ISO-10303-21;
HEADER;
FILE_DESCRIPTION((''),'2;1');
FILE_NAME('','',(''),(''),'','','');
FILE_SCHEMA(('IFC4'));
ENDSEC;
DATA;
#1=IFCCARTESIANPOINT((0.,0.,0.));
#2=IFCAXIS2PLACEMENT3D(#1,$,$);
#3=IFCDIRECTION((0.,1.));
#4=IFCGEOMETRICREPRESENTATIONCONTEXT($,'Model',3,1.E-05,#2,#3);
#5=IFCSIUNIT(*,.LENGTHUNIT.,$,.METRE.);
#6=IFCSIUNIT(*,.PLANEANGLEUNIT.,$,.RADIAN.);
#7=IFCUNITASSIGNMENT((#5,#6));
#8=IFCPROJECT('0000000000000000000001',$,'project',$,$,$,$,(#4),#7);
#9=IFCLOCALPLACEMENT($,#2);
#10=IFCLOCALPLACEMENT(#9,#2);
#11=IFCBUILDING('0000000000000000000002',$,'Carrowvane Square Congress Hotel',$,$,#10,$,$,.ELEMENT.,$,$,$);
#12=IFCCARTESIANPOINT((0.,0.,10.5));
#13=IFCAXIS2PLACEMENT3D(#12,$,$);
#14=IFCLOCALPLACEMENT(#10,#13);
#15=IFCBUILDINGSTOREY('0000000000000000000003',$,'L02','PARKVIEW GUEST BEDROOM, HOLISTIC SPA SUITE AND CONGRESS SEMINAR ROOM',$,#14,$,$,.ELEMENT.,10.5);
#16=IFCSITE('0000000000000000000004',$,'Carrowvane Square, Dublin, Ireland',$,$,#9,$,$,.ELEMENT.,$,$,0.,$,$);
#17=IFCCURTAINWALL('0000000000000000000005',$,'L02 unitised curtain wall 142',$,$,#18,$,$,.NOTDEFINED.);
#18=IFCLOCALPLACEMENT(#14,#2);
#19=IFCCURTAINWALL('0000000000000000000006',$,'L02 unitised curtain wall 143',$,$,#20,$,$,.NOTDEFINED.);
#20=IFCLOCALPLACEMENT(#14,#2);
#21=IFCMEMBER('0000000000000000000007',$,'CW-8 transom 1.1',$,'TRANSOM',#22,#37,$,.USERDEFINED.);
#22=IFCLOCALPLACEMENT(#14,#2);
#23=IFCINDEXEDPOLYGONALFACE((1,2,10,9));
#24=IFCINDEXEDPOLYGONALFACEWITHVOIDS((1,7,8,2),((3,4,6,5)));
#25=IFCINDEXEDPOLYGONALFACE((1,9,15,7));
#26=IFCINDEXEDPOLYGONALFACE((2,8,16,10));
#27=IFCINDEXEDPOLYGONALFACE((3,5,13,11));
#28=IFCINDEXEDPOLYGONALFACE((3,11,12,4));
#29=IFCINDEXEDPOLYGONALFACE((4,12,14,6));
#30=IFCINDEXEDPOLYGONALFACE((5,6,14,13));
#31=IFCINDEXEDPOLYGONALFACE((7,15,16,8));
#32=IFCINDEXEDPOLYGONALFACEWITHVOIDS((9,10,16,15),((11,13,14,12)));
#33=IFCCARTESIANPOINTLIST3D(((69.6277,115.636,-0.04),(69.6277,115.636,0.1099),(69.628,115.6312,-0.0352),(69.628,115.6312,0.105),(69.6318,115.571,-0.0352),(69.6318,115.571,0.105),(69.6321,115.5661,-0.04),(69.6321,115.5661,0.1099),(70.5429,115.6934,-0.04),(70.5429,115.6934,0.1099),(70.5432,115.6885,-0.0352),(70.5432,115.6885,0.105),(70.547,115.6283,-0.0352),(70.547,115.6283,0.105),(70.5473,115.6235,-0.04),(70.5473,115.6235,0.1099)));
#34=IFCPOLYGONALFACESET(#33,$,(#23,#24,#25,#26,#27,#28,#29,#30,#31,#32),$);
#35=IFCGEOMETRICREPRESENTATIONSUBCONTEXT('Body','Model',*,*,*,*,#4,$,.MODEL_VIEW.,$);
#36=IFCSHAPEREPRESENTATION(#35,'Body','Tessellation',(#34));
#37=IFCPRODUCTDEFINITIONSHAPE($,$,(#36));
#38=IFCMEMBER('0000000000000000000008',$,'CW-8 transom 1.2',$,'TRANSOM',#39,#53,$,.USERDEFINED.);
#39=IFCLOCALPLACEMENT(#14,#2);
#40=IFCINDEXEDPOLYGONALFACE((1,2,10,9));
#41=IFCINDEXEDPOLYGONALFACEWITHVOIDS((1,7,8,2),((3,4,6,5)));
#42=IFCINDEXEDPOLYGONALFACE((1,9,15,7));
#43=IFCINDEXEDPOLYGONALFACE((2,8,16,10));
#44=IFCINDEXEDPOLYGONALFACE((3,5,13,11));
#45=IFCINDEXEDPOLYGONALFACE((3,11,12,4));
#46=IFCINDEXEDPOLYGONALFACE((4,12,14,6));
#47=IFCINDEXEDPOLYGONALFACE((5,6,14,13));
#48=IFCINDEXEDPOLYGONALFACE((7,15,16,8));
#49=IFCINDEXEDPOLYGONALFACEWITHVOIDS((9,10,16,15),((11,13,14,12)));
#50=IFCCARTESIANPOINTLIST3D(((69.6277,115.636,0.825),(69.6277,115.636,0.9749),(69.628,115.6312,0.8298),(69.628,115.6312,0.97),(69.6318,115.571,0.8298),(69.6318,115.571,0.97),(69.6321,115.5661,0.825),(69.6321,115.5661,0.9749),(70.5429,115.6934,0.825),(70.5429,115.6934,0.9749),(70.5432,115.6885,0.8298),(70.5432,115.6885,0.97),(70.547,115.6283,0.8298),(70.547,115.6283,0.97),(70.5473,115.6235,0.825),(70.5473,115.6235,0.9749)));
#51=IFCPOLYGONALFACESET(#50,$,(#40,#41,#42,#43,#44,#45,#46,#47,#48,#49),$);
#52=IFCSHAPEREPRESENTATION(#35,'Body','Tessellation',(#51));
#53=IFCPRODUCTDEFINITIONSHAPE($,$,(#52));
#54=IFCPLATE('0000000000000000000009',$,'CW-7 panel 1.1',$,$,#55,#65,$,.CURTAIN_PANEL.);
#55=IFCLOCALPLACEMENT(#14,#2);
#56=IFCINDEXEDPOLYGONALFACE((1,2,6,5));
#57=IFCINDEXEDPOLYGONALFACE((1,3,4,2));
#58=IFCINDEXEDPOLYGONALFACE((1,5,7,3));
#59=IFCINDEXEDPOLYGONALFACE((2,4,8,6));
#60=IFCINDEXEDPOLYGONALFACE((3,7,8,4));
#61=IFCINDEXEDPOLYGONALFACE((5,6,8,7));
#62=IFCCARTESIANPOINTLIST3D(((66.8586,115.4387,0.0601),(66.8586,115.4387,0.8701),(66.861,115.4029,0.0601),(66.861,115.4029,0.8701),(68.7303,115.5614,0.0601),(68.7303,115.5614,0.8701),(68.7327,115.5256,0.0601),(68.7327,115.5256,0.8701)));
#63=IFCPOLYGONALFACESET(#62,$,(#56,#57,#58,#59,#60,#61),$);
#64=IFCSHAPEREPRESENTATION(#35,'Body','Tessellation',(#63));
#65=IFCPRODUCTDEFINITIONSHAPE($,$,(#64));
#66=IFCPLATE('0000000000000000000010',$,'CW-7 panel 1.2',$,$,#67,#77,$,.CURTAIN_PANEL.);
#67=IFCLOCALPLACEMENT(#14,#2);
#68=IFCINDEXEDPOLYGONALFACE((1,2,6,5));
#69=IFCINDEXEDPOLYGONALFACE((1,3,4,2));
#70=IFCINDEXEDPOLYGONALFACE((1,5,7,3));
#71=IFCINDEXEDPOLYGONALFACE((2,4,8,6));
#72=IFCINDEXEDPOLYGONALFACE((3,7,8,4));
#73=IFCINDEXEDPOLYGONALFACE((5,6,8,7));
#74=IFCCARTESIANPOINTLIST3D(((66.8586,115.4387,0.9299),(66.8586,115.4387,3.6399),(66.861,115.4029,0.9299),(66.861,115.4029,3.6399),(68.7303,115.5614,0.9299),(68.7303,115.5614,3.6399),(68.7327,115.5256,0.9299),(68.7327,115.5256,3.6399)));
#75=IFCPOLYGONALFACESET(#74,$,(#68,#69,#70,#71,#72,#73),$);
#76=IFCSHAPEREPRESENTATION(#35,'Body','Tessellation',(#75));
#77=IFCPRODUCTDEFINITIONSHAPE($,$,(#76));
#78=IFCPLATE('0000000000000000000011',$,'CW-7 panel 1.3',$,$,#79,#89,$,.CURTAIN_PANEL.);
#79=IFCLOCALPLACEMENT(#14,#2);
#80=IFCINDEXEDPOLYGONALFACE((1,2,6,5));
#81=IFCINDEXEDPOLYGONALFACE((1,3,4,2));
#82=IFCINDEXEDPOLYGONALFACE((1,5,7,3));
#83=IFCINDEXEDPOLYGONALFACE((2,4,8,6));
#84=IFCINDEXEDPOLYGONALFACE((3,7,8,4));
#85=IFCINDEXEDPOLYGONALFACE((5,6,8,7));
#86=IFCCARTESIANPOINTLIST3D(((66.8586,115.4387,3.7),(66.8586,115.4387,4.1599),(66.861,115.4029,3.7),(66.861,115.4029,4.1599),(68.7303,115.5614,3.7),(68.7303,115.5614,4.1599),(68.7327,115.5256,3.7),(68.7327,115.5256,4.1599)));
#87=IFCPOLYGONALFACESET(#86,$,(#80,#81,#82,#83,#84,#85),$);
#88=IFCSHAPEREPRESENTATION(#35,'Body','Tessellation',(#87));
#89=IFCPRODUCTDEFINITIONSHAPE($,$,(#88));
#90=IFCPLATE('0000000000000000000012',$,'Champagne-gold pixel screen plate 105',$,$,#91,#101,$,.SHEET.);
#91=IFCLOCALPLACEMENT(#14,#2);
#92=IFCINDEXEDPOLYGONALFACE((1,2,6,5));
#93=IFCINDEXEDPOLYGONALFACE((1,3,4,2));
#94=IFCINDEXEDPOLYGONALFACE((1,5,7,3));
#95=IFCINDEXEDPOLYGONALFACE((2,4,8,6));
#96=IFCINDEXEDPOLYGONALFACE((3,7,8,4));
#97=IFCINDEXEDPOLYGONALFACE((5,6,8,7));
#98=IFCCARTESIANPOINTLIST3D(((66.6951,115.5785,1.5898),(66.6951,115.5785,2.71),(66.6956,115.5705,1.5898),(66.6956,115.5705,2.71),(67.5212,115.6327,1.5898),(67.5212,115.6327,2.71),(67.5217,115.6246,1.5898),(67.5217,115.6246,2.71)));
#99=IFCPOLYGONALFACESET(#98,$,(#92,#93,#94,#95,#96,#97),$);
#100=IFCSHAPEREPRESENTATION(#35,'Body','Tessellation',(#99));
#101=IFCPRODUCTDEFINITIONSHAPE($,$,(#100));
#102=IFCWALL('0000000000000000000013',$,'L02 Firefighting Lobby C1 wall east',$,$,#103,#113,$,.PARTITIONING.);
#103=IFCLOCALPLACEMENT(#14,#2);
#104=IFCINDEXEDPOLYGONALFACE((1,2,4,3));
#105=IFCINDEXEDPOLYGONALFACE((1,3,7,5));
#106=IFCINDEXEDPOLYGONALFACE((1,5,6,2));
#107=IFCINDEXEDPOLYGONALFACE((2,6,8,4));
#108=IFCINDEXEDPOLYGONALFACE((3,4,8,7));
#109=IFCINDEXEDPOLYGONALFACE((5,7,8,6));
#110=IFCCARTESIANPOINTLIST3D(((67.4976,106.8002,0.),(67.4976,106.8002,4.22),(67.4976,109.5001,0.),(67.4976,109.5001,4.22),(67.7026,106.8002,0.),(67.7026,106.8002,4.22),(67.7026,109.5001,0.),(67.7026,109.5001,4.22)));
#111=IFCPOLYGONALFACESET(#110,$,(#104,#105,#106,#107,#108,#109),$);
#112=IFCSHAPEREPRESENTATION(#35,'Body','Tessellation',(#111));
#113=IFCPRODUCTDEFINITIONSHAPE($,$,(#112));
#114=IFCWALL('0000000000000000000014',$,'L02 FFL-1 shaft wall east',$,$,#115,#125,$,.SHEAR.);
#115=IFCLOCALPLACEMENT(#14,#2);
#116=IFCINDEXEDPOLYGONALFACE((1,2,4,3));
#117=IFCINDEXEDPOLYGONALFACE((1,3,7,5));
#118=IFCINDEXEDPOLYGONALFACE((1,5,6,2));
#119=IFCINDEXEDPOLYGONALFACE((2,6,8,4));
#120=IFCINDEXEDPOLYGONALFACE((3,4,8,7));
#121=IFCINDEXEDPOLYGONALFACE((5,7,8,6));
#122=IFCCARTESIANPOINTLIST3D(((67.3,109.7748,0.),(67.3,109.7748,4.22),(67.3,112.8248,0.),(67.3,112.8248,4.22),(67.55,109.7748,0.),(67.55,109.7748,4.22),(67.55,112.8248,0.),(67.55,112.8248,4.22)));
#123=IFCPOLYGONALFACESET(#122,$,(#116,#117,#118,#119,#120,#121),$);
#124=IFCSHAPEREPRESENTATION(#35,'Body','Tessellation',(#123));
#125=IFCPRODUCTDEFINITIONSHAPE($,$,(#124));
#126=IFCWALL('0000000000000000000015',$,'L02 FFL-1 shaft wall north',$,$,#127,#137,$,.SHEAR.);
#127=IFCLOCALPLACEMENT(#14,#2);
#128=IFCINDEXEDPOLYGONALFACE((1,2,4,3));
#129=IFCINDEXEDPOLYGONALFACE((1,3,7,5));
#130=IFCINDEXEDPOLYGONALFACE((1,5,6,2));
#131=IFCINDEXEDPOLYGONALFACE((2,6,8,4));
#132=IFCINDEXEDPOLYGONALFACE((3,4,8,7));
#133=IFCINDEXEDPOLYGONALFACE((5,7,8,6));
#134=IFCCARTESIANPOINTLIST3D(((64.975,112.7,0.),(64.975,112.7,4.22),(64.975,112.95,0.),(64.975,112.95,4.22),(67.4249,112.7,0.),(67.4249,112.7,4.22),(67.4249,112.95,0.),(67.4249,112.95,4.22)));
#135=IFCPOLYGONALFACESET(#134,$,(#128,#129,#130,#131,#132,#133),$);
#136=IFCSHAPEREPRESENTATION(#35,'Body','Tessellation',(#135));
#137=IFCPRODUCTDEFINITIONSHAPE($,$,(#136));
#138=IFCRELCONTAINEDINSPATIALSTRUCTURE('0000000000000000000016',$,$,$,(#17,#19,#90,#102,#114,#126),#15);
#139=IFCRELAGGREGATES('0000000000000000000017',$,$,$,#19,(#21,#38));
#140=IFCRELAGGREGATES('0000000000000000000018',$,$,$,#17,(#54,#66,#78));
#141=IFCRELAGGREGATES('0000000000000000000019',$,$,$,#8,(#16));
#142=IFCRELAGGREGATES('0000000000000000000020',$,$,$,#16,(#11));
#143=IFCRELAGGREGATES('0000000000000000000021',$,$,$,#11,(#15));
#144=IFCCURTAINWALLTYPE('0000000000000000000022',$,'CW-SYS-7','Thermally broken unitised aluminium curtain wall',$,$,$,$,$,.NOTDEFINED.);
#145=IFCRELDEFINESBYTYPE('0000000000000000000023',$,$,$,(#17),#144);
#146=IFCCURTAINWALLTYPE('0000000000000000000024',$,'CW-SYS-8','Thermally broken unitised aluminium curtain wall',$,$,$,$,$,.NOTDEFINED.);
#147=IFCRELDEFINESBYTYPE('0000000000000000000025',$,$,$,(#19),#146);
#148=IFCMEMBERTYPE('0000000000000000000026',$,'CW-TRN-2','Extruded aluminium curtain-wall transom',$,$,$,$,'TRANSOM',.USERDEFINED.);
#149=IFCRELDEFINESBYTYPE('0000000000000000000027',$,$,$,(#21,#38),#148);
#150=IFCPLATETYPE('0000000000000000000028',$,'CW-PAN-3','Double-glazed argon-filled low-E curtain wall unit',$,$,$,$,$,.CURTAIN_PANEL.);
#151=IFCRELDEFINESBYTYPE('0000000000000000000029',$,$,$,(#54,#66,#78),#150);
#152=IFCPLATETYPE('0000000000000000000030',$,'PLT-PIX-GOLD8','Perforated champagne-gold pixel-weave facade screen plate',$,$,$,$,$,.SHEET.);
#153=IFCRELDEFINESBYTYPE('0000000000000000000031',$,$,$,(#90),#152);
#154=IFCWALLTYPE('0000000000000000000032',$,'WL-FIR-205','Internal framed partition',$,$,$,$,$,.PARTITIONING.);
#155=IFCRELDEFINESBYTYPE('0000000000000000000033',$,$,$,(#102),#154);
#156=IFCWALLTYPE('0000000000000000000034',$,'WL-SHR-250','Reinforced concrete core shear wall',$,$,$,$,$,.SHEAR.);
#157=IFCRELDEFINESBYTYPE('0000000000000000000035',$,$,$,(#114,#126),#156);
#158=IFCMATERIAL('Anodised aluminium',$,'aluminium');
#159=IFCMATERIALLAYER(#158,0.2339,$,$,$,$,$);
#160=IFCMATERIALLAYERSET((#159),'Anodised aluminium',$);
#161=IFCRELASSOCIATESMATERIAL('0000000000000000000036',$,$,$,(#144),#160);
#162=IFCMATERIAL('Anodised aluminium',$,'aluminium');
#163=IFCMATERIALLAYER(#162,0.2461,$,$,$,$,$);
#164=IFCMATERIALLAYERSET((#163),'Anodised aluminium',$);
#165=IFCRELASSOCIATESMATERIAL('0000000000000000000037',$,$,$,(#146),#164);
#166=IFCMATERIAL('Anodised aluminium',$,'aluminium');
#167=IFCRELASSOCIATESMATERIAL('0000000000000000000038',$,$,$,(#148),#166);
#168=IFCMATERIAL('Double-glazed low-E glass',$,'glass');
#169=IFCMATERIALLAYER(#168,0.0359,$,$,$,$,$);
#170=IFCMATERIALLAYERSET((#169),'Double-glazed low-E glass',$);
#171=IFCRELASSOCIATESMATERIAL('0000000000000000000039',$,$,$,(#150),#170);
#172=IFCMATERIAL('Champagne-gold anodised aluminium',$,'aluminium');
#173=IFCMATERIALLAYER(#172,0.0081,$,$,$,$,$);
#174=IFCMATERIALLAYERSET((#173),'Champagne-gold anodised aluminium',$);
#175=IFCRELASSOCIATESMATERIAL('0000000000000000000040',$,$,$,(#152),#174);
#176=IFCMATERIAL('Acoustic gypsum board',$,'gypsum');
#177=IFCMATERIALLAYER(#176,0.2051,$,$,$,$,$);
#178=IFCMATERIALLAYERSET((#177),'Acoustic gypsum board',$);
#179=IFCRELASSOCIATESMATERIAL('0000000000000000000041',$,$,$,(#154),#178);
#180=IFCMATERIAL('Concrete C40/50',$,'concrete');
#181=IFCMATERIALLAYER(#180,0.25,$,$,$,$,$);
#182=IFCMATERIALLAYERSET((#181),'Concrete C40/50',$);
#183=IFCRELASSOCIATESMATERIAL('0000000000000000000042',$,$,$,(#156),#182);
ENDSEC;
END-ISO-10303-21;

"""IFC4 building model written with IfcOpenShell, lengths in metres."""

from ifc_helpers import new_model, si_unit, direction, frame, frame_2d, origin, origin_2d, place, context, subcontext, project, spatial, rectangle, hollow_rectangle, extrude, material, layer, layer_set, material_profile, profile_set, type_object, element, aggregate, save


model = new_model("IFC4")

# Units and contexts
model_context = context("Model", 3, precision=1e-05, world=origin(), true_north=direction((0.0, 1.0)))
body_context = subcontext(model_context, "Body", "Model", "MODEL_VIEW")
ifc_project = project(units=[si_unit("LENGTHUNIT", "METRE"), si_unit("PLANEANGLEUNIT", "RADIAN")], contexts=[model_context])

# Site, building, storey
site_placement = place(None, origin())
site = spatial("IfcSite", under=ifc_project, at=site_placement, Name="Carrowvane Square, Dublin, Ireland", CompositionType="ELEMENT", RefElevation=0.0)
building_placement = place(site_placement, origin())
building = spatial("IfcBuilding", under=site, at=building_placement, Name="Carrowvane Square Congress Hotel", CompositionType="ELEMENT")
storey_placement = place(building_placement, frame((0.0, 0.0, 10.5)))
storey = spatial("IfcBuildingStorey", under=building, at=storey_placement, Name="L02", Description="PARKVIEW GUEST BEDROOM, HOLISTIC SPA SUITE AND CONGRESS SEMINAR ROOM", CompositionType="ELEMENT", Elevation=10.5)

# Curtain wall
ifc_material_1 = material(Name="Anodised aluminium", Category="aluminium")
ifc_layer_1 = layer(ifc_material_1, 0.2339)
ifc_layer_set_1 = layer_set([ifc_layer_1], Name="Anodised aluminium")
curtain_wall_type_1 = type_object("IfcCurtainWallType", Name="CW-SYS-7", Description="Thermally broken unitised aluminium curtain wall", PredefinedType="NOTDEFINED", material=ifc_layer_set_1)
curtain_wall_1_placement = place(storey_placement, origin())
curtain_wall_1 = element("IfcCurtainWall", 1, at=curtain_wall_1_placement, inside=storey, type_object=curtain_wall_type_1, Name="L02 unitised curtain wall 142", PredefinedType="NOTDEFINED")

# Curtain wall
ifc_material_2 = material(Name="Anodised aluminium", Category="aluminium")
ifc_layer_2 = layer(ifc_material_2, 0.2461)
ifc_layer_set_2 = layer_set([ifc_layer_2], Name="Anodised aluminium")
curtain_wall_type_2 = type_object("IfcCurtainWallType", Name="CW-SYS-8", Description="Thermally broken unitised aluminium curtain wall", PredefinedType="NOTDEFINED", material=ifc_layer_set_2)
curtain_wall_2_placement = place(storey_placement, origin())
curtain_wall_2 = element("IfcCurtainWall", 2, at=curtain_wall_2_placement, inside=storey, type_object=curtain_wall_type_2, Name="L02 unitised curtain wall 143", PredefinedType="NOTDEFINED")

# Members
ifc_material_3 = material(Name="Anodised aluminium", Category="aluminium")
ifc_material_profile_1 = material_profile(ifc_material_3, hollow_rectangle(XDim=0.0701, YDim=0.1499, WallThickness=0.0049, at=origin_2d()), Name="CW-TR 70x150x5")
ifc_profile_set_1 = profile_set([ifc_material_profile_1], Name="Anodised aluminium")
member_type_1 = type_object("IfcMemberType", Name="CW-TRN-2", Description="Extruded aluminium curtain-wall transom", ElementType="TRANSOM", PredefinedType="USERDEFINED", material=ifc_profile_set_1)
member_1_placement = place(storey_placement, frame((69.6299, 115.6011, 0.0349), z_axis=(0.998041, 0.062561, 0.0), x_axis=(-0.062561, 0.998041, 0.0)))
member_1 = element("IfcMember", 3, at=member_1_placement, type_object=member_type_1, Name="CW-8 transom 1.1", ObjectType="TRANSOM", PredefinedType="USERDEFINED", context=body_context, shape_type="SweptSolid", body=[
    extrude(hollow_rectangle(XDim=0.0701, YDim=0.1499, WallThickness=0.0049, at=origin_2d()), origin(), (0.0, 0.0, 1.0), 0.917),
])
member_2_placement = place(storey_placement, frame((69.6299, 115.6011, 0.8999), z_axis=(0.998041, 0.062561, 0.0), x_axis=(-0.062561, 0.998041, 0.0)))
member_2 = element("IfcMember", 4, at=member_2_placement, type_object=member_type_1, Name="CW-8 transom 1.2", ObjectType="TRANSOM", PredefinedType="USERDEFINED", context=body_context, shape_type="SweptSolid", body=[
    extrude(hollow_rectangle(XDim=0.0701, YDim=0.1499, WallThickness=0.0049, at=origin_2d()), origin(), (0.0, 0.0, 1.0), 0.917),
])
aggregate(curtain_wall_2, [member_1, member_2])

# Plates
ifc_material_4 = material(Name="Double-glazed low-E glass", Category="glass")
ifc_layer_3 = layer(ifc_material_4, 0.0359)
ifc_layer_set_3 = layer_set([ifc_layer_3], Name="Double-glazed low-E glass")
plate_type_1 = type_object("IfcPlateType", Name="CW-PAN-3", Description="Double-glazed argon-filled low-E curtain wall unit", PredefinedType="CURTAIN_PANEL", material=ifc_layer_set_3)
plate_1_placement = place(storey_placement, frame((67.7957, 115.4822, 0.0601), z_axis=(0.0, 0.0, 1.0), x_axis=(0.997858, 0.065412, 0.0)))
plate_1 = element("IfcPlate", 5, at=plate_1_placement, type_object=plate_type_1, Name="CW-7 panel 1.1", PredefinedType="CURTAIN_PANEL", context=body_context, shape_type="SweptSolid", body=[
    extrude(rectangle(XDim=1.8757, YDim=0.0359, at=origin_2d()), origin(), (0.0, 0.0, 1.0), 0.8101),
])
plate_2_placement = place(storey_placement, frame((67.7957, 115.4822, 0.9299), z_axis=(0.0, 0.0, 1.0), x_axis=(0.997858, 0.065412, 0.0)))
plate_2 = element("IfcPlate", 6, at=plate_2_placement, type_object=plate_type_1, Name="CW-7 panel 1.2", PredefinedType="CURTAIN_PANEL", context=body_context, shape_type="SweptSolid", body=[
    extrude(rectangle(XDim=1.8757, YDim=0.0359, at=origin_2d()), origin(), (0.0, 0.0, 1.0), 2.71),
])
plate_3_placement = place(storey_placement, frame((67.7957, 115.4822, 3.7), z_axis=(0.0, 0.0, 1.0), x_axis=(0.997858, 0.065412, 0.0)))
plate_3 = element("IfcPlate", 7, at=plate_3_placement, type_object=plate_type_1, Name="CW-7 panel 1.3", PredefinedType="CURTAIN_PANEL", context=body_context, shape_type="SweptSolid", body=[
    extrude(rectangle(XDim=1.8757, YDim=0.0359, at=origin_2d()), origin(), (0.0, 0.0, 1.0), 0.46),
])
aggregate(curtain_wall_1, [plate_1, plate_2, plate_3])
ifc_material_5 = material(Name="Champagne-gold anodised aluminium", Category="aluminium")
ifc_layer_4 = layer(ifc_material_5, 0.0081)
ifc_layer_set_4 = layer_set([ifc_layer_4], Name="Champagne-gold anodised aluminium")
plate_type_2 = type_object("IfcPlateType", Name="PLT-PIX-GOLD8", Description="Perforated champagne-gold pixel-weave facade screen plate", PredefinedType="SHEET", material=ifc_layer_set_4)
plate_4_placement = place(storey_placement, frame((67.1084, 115.6016, 1.5898), z_axis=(0.0, 0.0, 1.0), x_axis=(0.997858, 0.065413, 0.0)))
element("IfcPlate", 8, at=plate_4_placement, inside=storey, type_object=plate_type_2, Name="Champagne-gold pixel screen plate 105", PredefinedType="SHEET", context=body_context, shape_type="SweptSolid", body=[
    extrude(rectangle(XDim=0.8279, YDim=0.0081, at=origin_2d()), origin(), (0.0, 0.0, 1.0), 1.1201),
])

# Walls
ifc_material_6 = material(Name="Acoustic gypsum board", Category="gypsum")
ifc_layer_5 = layer(ifc_material_6, 0.2051)
ifc_layer_set_5 = layer_set([ifc_layer_5], Name="Acoustic gypsum board")
wall_type_1 = type_object("IfcWallType", Name="WL-FIR-205", Description="Internal framed partition", PredefinedType="PARTITIONING", material=ifc_layer_set_5)
wall_1_placement = place(storey_placement, frame((67.6001, 106.8, 0.0), z_axis=(0.0, 0.0, 1.0), x_axis=(0.0, 1.0, 0.0)))
element("IfcWall", 9, at=wall_1_placement, inside=storey, type_object=wall_type_1, Name="L02 Firefighting Lobby C1 wall east", PredefinedType="PARTITIONING", context=body_context, shape_type="SweptSolid", body=[
    extrude(rectangle(XDim=2.7, YDim=0.2051, at=frame_2d((1.3501, 0.0))), origin(), (0.0, 0.0, 1.0), 4.22),
])
ifc_material_7 = material(Name="Concrete C40/50", Category="concrete")
ifc_layer_6 = layer(ifc_material_7, 0.25)
ifc_layer_set_6 = layer_set([ifc_layer_6], Name="Concrete C40/50")
wall_type_2 = type_object("IfcWallType", Name="WL-SHR-250", Description="Reinforced concrete core shear wall", PredefinedType="SHEAR", material=ifc_layer_set_6)
wall_2_placement = place(storey_placement, frame((67.425, 109.7749, 0.0), z_axis=(0.0, 0.0, 1.0), x_axis=(0.0, 1.0, 0.0)))
element("IfcWall", 10, at=wall_2_placement, inside=storey, type_object=wall_type_2, Name="L02 FFL-1 shaft wall east", PredefinedType="SHEAR", context=body_context, shape_type="SweptSolid", body=[
    extrude(rectangle(XDim=3.05, YDim=0.25, at=frame_2d((1.5249, 0.0))), origin(), (0.0, 0.0, 1.0), 4.22),
])
wall_3_placement = place(storey_placement, frame((67.425, 112.825, 0.0), z_axis=(0.0, 0.0, 1.0), x_axis=(-1.0, 0.0, 0.0)))
element("IfcWall", 11, at=wall_3_placement, inside=storey, type_object=wall_type_2, Name="L02 FFL-1 shaft wall north", PredefinedType="SHEAR", context=body_context, shape_type="SweptSolid", body=[
    extrude(rectangle(XDim=2.45, YDim=0.25, at=frame_2d((1.2251, 0.0))), origin(), (0.0, 0.0, 1.0), 4.22),
])

save(model, "model.ifc")
